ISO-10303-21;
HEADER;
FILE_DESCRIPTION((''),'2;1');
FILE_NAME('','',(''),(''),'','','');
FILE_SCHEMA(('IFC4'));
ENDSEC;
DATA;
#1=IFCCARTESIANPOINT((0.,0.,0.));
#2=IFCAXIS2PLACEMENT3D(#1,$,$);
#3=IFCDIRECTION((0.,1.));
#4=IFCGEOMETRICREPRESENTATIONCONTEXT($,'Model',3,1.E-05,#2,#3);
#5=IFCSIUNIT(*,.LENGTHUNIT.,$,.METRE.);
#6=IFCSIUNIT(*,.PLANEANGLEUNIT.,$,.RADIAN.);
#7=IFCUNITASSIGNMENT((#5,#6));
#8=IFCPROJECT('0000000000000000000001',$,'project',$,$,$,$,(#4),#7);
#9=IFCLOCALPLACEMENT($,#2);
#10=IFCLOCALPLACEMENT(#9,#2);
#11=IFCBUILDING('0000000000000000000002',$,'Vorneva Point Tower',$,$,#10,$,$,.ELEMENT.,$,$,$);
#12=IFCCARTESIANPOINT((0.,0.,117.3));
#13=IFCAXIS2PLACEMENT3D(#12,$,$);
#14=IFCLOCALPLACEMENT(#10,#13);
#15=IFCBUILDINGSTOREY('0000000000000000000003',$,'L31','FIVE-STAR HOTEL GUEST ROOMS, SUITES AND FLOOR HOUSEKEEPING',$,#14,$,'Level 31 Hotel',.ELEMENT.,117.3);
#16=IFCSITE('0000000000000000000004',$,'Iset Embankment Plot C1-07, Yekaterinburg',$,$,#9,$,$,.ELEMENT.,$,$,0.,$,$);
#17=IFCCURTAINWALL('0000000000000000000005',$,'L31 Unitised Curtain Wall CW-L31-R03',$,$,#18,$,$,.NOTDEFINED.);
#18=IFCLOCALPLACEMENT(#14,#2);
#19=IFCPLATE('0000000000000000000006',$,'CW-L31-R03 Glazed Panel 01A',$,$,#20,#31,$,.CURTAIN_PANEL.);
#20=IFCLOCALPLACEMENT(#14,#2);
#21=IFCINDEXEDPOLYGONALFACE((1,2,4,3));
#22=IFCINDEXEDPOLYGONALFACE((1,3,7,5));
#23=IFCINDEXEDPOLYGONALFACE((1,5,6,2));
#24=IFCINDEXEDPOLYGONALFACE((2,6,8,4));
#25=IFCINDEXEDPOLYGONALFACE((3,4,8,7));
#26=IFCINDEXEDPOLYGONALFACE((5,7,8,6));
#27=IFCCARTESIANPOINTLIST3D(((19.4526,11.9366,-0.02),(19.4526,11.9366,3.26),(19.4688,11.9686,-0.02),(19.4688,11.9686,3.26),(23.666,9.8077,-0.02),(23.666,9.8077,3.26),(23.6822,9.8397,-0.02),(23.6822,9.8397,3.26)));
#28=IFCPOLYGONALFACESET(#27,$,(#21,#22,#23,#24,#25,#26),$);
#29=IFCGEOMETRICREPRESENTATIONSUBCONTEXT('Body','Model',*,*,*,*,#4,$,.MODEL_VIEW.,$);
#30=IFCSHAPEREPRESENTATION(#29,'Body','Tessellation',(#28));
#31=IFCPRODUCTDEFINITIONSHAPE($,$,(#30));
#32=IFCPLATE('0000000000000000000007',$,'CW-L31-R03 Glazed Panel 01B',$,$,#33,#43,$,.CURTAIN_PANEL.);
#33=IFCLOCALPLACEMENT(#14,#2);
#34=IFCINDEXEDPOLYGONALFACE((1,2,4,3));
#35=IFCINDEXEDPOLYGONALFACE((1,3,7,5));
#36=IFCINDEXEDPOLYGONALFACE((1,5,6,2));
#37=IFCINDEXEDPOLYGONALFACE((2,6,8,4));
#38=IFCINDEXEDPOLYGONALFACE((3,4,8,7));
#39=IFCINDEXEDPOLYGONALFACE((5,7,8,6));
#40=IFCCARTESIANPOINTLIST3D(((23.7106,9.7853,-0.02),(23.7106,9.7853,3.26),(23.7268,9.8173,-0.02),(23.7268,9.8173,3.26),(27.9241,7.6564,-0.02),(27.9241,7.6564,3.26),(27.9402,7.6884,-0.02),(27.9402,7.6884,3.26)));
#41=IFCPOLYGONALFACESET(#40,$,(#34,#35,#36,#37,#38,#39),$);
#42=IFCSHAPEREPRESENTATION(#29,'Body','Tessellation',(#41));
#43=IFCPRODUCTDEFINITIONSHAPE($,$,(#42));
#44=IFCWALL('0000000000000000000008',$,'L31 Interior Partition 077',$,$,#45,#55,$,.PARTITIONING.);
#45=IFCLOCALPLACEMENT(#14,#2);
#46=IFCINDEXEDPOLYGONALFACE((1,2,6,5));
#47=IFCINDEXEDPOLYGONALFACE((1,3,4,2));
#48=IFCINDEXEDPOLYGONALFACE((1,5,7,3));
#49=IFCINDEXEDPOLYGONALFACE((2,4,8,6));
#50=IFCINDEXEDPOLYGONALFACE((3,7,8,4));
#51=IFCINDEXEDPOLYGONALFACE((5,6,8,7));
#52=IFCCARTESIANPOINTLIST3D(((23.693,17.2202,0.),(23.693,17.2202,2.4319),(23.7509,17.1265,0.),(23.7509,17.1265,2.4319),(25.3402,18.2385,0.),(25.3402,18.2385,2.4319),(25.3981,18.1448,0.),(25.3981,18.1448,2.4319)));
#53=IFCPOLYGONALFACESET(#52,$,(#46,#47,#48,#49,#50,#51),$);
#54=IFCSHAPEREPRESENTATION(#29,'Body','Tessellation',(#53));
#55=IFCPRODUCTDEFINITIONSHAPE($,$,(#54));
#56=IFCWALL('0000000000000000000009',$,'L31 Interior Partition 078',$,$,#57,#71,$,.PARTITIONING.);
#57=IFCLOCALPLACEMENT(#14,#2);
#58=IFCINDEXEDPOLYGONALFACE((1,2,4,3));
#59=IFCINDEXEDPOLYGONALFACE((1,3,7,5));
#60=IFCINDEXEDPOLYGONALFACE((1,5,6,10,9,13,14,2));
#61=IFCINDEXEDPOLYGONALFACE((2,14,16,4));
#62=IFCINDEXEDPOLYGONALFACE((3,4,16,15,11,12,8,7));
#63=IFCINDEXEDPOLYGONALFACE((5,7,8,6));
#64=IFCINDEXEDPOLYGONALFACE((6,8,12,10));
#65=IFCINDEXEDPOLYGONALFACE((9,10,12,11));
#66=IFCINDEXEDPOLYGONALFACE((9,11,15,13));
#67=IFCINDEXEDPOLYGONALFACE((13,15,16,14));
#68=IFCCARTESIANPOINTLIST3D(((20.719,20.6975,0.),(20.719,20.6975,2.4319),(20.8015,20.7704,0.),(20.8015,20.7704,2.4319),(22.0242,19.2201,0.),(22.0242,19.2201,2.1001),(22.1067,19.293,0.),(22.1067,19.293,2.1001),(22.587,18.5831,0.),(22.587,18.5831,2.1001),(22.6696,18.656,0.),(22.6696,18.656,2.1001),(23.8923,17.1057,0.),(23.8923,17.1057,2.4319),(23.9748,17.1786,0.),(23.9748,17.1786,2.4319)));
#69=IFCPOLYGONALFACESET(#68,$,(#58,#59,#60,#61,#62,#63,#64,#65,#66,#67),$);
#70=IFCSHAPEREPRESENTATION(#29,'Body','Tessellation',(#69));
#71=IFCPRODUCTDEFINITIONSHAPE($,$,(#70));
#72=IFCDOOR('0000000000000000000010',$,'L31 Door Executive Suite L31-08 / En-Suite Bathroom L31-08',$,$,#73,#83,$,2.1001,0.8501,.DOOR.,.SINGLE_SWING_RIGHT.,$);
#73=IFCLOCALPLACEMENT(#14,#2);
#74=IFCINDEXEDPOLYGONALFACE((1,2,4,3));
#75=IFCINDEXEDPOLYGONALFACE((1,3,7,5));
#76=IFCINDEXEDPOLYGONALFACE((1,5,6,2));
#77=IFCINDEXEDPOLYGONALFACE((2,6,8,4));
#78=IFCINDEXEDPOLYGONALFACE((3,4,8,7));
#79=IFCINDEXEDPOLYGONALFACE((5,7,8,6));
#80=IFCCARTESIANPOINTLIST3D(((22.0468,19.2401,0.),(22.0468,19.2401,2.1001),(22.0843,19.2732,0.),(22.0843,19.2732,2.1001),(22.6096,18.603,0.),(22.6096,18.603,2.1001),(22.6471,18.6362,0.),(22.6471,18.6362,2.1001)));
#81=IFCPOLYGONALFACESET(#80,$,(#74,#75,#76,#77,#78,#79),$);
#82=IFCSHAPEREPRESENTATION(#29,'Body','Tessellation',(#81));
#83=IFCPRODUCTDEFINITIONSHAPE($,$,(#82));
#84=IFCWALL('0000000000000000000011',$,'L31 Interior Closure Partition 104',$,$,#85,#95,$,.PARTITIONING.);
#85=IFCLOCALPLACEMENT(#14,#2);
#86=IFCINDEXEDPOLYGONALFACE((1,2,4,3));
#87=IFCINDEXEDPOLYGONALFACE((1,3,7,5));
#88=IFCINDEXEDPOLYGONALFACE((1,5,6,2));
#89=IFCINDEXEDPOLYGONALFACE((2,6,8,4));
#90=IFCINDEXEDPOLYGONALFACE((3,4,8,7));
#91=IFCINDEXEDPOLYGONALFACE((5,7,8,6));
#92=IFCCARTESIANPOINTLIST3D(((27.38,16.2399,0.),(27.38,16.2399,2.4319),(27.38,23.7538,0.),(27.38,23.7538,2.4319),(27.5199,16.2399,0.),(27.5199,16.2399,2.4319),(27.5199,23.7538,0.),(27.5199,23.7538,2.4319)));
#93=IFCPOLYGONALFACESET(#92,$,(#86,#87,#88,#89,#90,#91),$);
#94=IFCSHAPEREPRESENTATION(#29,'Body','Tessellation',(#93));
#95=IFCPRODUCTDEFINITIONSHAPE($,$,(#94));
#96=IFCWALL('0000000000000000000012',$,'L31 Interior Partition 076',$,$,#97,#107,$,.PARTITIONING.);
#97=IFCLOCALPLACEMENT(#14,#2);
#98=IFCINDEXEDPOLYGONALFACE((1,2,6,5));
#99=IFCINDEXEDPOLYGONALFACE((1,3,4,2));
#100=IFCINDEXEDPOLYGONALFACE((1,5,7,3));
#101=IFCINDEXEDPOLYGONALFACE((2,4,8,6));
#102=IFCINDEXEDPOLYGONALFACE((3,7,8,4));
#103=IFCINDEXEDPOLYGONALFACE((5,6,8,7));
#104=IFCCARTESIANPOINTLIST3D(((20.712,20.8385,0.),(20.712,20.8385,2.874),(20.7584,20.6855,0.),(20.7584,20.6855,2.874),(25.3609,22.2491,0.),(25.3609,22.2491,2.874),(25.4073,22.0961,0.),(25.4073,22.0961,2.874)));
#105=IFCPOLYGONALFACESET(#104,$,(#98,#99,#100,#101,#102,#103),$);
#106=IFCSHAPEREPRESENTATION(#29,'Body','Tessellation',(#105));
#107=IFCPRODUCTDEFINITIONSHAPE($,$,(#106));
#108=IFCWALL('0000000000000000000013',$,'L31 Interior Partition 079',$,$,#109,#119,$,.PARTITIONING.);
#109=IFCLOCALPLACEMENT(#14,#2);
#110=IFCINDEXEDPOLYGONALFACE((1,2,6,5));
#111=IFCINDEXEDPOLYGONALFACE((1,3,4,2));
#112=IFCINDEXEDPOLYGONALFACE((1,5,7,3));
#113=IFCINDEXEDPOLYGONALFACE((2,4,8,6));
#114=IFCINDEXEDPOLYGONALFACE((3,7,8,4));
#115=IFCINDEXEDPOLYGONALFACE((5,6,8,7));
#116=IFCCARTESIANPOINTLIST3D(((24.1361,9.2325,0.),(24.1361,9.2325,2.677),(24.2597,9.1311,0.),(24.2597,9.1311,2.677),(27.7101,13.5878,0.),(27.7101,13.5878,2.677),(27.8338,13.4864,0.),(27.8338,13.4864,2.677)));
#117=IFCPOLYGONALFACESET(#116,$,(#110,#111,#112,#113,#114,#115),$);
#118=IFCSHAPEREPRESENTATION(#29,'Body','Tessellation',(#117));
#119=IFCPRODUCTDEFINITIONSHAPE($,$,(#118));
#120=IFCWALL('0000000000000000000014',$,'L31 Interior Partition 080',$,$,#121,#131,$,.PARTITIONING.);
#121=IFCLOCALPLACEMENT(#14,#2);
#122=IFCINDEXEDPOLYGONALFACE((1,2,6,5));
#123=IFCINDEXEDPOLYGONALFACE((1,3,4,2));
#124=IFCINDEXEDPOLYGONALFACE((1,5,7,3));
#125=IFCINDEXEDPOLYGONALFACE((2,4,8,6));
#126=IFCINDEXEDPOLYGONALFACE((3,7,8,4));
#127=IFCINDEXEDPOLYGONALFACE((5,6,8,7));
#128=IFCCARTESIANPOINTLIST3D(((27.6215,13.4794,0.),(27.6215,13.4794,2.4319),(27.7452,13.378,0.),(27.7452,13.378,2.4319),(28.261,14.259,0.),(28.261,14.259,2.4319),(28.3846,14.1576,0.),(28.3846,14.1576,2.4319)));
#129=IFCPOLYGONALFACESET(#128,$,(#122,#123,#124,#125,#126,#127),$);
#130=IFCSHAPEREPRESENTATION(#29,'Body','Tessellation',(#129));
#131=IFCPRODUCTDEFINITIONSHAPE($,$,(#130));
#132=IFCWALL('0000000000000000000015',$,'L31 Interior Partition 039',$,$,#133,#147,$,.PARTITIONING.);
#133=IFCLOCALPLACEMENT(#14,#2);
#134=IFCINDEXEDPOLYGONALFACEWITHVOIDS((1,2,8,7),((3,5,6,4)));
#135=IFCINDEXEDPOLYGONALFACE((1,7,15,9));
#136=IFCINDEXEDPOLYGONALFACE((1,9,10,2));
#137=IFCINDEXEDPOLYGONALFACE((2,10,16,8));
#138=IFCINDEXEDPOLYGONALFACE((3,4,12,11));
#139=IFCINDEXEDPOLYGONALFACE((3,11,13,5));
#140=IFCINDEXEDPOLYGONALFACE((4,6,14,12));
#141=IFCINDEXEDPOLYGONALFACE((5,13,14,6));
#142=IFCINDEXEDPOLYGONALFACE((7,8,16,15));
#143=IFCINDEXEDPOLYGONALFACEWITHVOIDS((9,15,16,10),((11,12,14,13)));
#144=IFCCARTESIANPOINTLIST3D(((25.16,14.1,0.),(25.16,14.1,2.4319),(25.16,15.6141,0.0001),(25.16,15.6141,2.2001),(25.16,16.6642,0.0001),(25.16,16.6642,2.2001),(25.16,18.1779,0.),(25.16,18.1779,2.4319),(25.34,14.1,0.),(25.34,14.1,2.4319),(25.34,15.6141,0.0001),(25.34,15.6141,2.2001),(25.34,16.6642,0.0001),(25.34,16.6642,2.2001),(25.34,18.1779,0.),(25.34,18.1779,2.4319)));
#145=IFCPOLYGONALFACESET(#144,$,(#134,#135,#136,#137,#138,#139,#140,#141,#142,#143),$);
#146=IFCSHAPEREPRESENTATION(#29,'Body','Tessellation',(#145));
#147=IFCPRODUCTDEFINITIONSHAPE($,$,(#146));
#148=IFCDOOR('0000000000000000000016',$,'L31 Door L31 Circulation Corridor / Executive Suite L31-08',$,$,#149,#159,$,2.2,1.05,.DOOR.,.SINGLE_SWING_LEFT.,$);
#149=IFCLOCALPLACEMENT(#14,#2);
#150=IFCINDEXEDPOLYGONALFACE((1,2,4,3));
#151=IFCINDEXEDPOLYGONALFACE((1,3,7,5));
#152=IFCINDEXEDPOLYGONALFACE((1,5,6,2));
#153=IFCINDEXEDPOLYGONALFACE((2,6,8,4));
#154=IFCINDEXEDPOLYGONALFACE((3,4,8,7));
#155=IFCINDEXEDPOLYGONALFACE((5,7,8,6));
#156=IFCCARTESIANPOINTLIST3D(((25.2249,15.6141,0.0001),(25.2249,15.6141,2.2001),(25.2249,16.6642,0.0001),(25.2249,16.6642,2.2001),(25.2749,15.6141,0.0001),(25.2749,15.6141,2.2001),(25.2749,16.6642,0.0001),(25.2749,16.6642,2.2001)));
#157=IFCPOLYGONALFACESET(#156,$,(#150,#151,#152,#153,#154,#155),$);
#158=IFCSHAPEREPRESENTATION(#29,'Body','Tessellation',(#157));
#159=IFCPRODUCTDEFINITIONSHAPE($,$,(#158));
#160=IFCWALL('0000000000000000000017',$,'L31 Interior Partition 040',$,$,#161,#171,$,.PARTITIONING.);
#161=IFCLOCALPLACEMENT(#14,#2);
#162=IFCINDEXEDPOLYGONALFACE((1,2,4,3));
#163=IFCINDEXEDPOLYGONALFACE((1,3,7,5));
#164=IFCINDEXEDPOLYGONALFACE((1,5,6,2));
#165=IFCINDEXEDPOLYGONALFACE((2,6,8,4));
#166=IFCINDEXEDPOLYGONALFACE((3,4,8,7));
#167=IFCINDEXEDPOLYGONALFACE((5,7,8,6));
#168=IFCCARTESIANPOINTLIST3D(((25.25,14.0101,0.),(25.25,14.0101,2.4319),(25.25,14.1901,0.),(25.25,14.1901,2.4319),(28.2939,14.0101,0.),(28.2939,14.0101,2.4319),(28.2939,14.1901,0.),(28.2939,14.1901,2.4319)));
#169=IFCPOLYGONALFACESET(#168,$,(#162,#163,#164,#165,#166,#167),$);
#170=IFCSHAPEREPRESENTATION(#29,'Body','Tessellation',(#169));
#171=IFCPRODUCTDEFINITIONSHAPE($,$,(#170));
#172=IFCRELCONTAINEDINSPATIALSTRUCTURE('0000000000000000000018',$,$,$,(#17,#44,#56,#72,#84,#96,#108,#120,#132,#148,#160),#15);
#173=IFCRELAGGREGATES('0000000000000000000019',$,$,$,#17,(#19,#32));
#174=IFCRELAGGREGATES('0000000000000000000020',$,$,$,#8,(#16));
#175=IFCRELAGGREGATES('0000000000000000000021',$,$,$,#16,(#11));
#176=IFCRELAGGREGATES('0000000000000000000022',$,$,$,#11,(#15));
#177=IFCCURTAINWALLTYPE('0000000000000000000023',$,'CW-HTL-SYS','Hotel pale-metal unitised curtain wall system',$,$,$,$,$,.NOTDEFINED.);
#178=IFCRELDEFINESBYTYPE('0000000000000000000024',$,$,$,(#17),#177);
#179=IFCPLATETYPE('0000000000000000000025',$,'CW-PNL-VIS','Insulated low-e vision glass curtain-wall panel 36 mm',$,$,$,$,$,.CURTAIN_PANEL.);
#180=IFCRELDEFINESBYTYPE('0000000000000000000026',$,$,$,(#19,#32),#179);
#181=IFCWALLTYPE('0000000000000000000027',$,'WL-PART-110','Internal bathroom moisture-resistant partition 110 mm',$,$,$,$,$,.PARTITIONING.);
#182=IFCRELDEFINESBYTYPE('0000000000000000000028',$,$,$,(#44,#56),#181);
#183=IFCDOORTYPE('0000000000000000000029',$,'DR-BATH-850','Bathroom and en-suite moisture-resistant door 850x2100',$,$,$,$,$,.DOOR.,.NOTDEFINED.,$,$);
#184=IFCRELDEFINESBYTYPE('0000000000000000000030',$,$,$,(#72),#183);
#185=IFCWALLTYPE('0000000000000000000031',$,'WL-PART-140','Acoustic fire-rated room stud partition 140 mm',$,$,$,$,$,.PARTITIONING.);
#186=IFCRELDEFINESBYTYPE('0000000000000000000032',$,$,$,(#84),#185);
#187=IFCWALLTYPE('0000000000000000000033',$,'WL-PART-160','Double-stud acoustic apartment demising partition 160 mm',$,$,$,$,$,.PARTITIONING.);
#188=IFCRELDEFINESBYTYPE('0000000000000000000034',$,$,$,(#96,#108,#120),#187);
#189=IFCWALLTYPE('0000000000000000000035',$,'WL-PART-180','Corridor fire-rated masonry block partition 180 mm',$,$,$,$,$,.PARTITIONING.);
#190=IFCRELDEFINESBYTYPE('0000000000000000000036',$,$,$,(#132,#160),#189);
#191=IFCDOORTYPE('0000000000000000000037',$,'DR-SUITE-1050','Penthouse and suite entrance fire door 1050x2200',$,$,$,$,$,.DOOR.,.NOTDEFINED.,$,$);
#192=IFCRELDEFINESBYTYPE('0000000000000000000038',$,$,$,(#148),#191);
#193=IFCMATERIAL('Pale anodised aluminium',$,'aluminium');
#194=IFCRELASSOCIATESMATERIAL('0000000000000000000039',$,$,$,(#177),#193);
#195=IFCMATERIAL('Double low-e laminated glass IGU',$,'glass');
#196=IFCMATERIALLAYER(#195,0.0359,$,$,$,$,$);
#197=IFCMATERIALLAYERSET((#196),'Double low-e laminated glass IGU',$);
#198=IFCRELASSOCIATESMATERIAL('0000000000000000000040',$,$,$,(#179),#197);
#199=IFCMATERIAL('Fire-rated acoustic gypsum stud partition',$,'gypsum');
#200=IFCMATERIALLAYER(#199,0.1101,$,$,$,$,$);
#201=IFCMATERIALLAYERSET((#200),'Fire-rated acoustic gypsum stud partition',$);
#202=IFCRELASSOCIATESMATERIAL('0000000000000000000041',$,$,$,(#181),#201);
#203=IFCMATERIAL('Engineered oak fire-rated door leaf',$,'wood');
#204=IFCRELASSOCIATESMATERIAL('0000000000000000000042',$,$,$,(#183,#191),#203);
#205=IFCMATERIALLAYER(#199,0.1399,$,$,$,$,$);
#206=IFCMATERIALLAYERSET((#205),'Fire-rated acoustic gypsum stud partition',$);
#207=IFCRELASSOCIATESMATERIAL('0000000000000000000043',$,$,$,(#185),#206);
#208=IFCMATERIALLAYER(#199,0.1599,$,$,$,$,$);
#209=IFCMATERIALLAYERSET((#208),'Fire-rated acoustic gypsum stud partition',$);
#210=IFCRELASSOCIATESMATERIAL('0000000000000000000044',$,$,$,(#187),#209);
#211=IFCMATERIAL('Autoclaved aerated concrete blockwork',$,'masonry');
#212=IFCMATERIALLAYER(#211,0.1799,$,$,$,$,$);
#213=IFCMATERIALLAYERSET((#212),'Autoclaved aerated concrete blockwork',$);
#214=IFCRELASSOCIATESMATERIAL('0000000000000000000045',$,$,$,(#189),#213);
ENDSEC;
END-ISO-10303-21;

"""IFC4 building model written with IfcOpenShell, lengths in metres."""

from ifc_helpers import new_model, si_unit, direction, frame, frame_2d, origin, origin_2d, place, context, subcontext, project, spatial, rectangle, extrude, material, layer, layer_set, type_object, element, fill, aggregate, save


model = new_model("IFC4")

# Units and contexts
model_context = context("Model", 3, precision=1e-05, world=origin(), true_north=direction((0.0, 1.0)))
body_context = subcontext(model_context, "Body", "Model", "MODEL_VIEW")
ifc_project = project(units=[si_unit("LENGTHUNIT", "METRE"), si_unit("PLANEANGLEUNIT", "RADIAN")], contexts=[model_context])

# Site, building, storey
site_placement = place(None, origin())
site = spatial("IfcSite", under=ifc_project, at=site_placement, Name="Iset Embankment Plot C1-07, Yekaterinburg", CompositionType="ELEMENT", RefElevation=0.0)
building_placement = place(site_placement, origin())
building = spatial("IfcBuilding", under=site, at=building_placement, Name="Vorneva Point Tower", CompositionType="ELEMENT")
storey_placement = place(building_placement, frame((0.0, 0.0, 117.3)))
storey = spatial("IfcBuildingStorey", under=building, at=storey_placement, Name="L31", Description="FIVE-STAR HOTEL GUEST ROOMS, SUITES AND FLOOR HOUSEKEEPING", LongName="Level 31 Hotel", CompositionType="ELEMENT", Elevation=117.3)

# Curtain wall, plates
ifc_material_1 = material(Name="Pale anodised aluminium", Category="aluminium")
curtain_wall_type = type_object("IfcCurtainWallType", Name="CW-HTL-SYS", Description="Hotel pale-metal unitised curtain wall system", PredefinedType="NOTDEFINED", material=ifc_material_1)
curtain_wall_placement = place(storey_placement, origin())
curtain_wall = element("IfcCurtainWall", 1, at=curtain_wall_placement, inside=storey, type_object=curtain_wall_type, Name="L31 Unitised Curtain Wall CW-L31-R03", PredefinedType="NOTDEFINED")
ifc_material_2 = material(Name="Double low-e laminated glass IGU", Category="glass")
ifc_layer_1 = layer(ifc_material_2, 0.0359)
ifc_layer_set_1 = layer_set([ifc_layer_1], Name="Double low-e laminated glass IGU")
plate_type = type_object("IfcPlateType", Name="CW-PNL-VIS", Description="Insulated low-e vision glass curtain-wall panel 36 mm", PredefinedType="CURTAIN_PANEL", material=ifc_layer_set_1)
plate_1_placement = place(storey_placement, frame((21.5674, 10.8882, -0.02), z_axis=(0.0, 0.0, 1.0), x_axis=(0.892539, -0.450971, 0.0)))
plate_1 = element("IfcPlate", 2, at=plate_1_placement, type_object=plate_type, Name="CW-L31-R03 Glazed Panel 01A", PredefinedType="CURTAIN_PANEL", context=body_context, shape_type="SweptSolid", body=[
    extrude(rectangle(XDim=4.7207, YDim=0.0359, at=origin_2d()), origin(), (0.0, 0.0, 1.0), 3.28),
])
plate_2_placement = place(storey_placement, frame((25.8254, 8.7368, -0.02), z_axis=(0.0, 0.0, 1.0), x_axis=(0.892539, -0.450971, 0.0)))
plate_2 = element("IfcPlate", 3, at=plate_2_placement, type_object=plate_type, Name="CW-L31-R03 Glazed Panel 01B", PredefinedType="CURTAIN_PANEL", context=body_context, shape_type="SweptSolid", body=[
    extrude(rectangle(XDim=4.7207, YDim=0.0359, at=origin_2d()), origin(), (0.0, 0.0, 1.0), 3.28),
])
aggregate(curtain_wall, [plate_1, plate_2])

# Wall
ifc_material_3 = material(Name="Fire-rated acoustic gypsum stud partition", Category="gypsum")
ifc_layer_2 = layer(ifc_material_3, 0.1101)
ifc_layer_set_2 = layer_set([ifc_layer_2], Name="Fire-rated acoustic gypsum stud partition")
wall_type_1 = type_object("IfcWallType", Name="WL-PART-110", Description="Internal bathroom moisture-resistant partition 110 mm", PredefinedType="PARTITIONING", material=ifc_layer_set_2)
wall_1_placement = place(storey_placement, frame((25.3691, 18.1917, 0.0), z_axis=(0.0, 0.0, 1.0), x_axis=(-0.850587, -0.525834, 0.0)))
element("IfcWall", 4, at=wall_1_placement, inside=storey, type_object=wall_type_1, Name="L31 Interior Partition 077", PredefinedType="PARTITIONING", context=body_context, shape_type="SweptSolid", body=[
    extrude(rectangle(XDim=1.9365, YDim=0.1101, at=frame_2d((0.9683, 0.0))), origin(), (0.0, 0.0, 1.0), 2.4319),
])

# Wall, opening, door
wall_2_placement = place(storey_placement, frame((23.9336, 17.1421, 0.0), z_axis=(0.0, 0.0, 1.0), x_axis=(-0.662103, 0.749413, 0.0)))
wall_2 = element("IfcWall", 5, at=wall_2_placement, inside=storey, type_object=wall_type_1, Name="L31 Interior Partition 078", PredefinedType="PARTITIONING", context=body_context, shape_type="SweptSolid", body=[
    extrude(rectangle(XDim=4.7927, YDim=0.1101, at=frame_2d((2.3965, 0.0))), origin(), (0.0, 0.0, 1.0), 2.4319),
])
opening_1_placement = place(wall_2_placement, frame((1.9714, 0.0, 0.0)))
opening_1 = element("IfcOpeningElement", 6, at=opening_1_placement, cuts=wall_2, PredefinedType="OPENING", context=body_context, shape_type="SweptSolid", body=[
    extrude(rectangle(XDim=0.8501, YDim=2.1001, at=frame_2d((0.425, 1.05))), frame((0.0, 0.0698, 0.0), z_axis=(0.0, -1.0, 0.0), x_axis=(1.0, 0.0, 0.0)), (0.0, 0.0, 1.0), 0.1399),
])
ifc_material_4 = material(Name="Engineered oak fire-rated door leaf", Category="wood")
door_type_1 = type_object("IfcDoorType", Name="DR-BATH-850", Description="Bathroom and en-suite moisture-resistant door 850x2100", OperationType="NOTDEFINED", PredefinedType="DOOR", material=ifc_material_4)
door_1_placement = place(opening_1_placement, origin())
door_1 = element("IfcDoor", 7, at=door_1_placement, inside=storey, type_object=door_type_1, Name="L31 Door Executive Suite L31-08 / En-Suite Bathroom L31-08", OperationType="SINGLE_SWING_RIGHT", OverallHeight=2.1001, OverallWidth=0.8501, PredefinedType="DOOR", context=body_context, shape_type="SweptSolid", body=[
    extrude(rectangle(XDim=0.8501, YDim=2.1001, at=frame_2d((0.425, 1.05))), frame((0.0, 0.0249, 0.0), z_axis=(0.0, -1.0, 0.0), x_axis=(1.0, 0.0, 0.0)), (0.0, 0.0, 1.0), 0.05),
])
fill(opening_1, door_1)

# Walls
ifc_layer_3 = layer(ifc_material_3, 0.1399)
ifc_layer_set_3 = layer_set([ifc_layer_3], Name="Fire-rated acoustic gypsum stud partition")
wall_type_2 = type_object("IfcWallType", Name="WL-PART-140", Description="Acoustic fire-rated room stud partition 140 mm", PredefinedType="PARTITIONING", material=ifc_layer_set_3)
wall_3_placement = place(storey_placement, frame((27.45, 16.24, 0.0), z_axis=(0.0, 0.0, 1.0), x_axis=(0.0, 1.0, 0.0)))
element("IfcWall", 8, at=wall_3_placement, inside=storey, type_object=wall_type_2, Name="L31 Interior Closure Partition 104", PredefinedType="PARTITIONING", context=body_context, shape_type="SweptSolid", body=[
    extrude(rectangle(XDim=7.5139, YDim=0.1399, at=frame_2d((3.7568, 0.0))), origin(), (0.0, 0.0, 1.0), 2.4319),
])
ifc_layer_4 = layer(ifc_material_3, 0.1599)
ifc_layer_set_4 = layer_set([ifc_layer_4], Name="Fire-rated acoustic gypsum stud partition")
wall_type_3 = type_object("IfcWallType", Name="WL-PART-160", Description="Double-stud acoustic apartment demising partition 160 mm", PredefinedType="PARTITIONING", material=ifc_layer_set_4)
wall_4_placement = place(storey_placement, frame((20.7351, 20.762, 0.0), z_axis=(0.0, 0.0, 1.0), x_axis=(0.956917, 0.290362, 0.0)))
element("IfcWall", 9, at=wall_4_placement, inside=storey, type_object=wall_type_3, Name="L31 Interior Partition 076", PredefinedType="PARTITIONING", context=body_context, shape_type="SweptSolid", body=[
    extrude(rectangle(XDim=4.8582, YDim=0.1599, at=frame_2d((2.4292, 0.0))), origin(), (0.0, 0.0, 1.0), 2.874),
])
wall_5_placement = place(storey_placement, frame((24.198, 9.1819, 0.0), z_axis=(0.0, 0.0, 1.0), x_axis=(0.634365, 0.773034, 0.0)))
element("IfcWall", 10, at=wall_5_placement, inside=storey, type_object=wall_type_3, Name="L31 Interior Partition 079", PredefinedType="PARTITIONING", context=body_context, shape_type="SweptSolid", body=[
    extrude(rectangle(XDim=5.634, YDim=0.1599, at=frame_2d((2.8169, 0.0))), origin(), (0.0, 0.0, 1.0), 2.677),
])
wall_6_placement = place(storey_placement, frame((27.6833, 13.4287, 0.0), z_axis=(0.0, 0.0, 1.0), x_axis=(0.634187, 0.77318, 0.0)))
element("IfcWall", 11, at=wall_6_placement, inside=storey, type_object=wall_type_3, Name="L31 Interior Partition 080", PredefinedType="PARTITIONING", context=body_context, shape_type="SweptSolid", body=[
    extrude(rectangle(XDim=1.0083, YDim=0.1599, at=frame_2d((0.5042, 0.0))), origin(), (0.0, 0.0, 1.0), 2.4319),
])

# Wall, opening, door
ifc_material_5 = material(Name="Autoclaved aerated concrete blockwork", Category="masonry")
ifc_layer_5 = layer(ifc_material_5, 0.1799)
ifc_layer_set_5 = layer_set([ifc_layer_5], Name="Autoclaved aerated concrete blockwork")
wall_type_4 = type_object("IfcWallType", Name="WL-PART-180", Description="Corridor fire-rated masonry block partition 180 mm", PredefinedType="PARTITIONING", material=ifc_layer_set_5)
wall_7_placement = place(storey_placement, frame((25.25, 18.178, 0.0), z_axis=(0.0, 0.0, 1.0), x_axis=(0.0, -1.0, 0.0)))
wall_7 = element("IfcWall", 12, at=wall_7_placement, inside=storey, type_object=wall_type_4, Name="L31 Interior Partition 039", PredefinedType="PARTITIONING", context=body_context, shape_type="SweptSolid", body=[
    extrude(rectangle(XDim=4.0779, YDim=0.1799, at=frame_2d((2.0391, 0.0))), origin(), (0.0, 0.0, 1.0), 2.4319),
])
opening_2_placement = place(wall_7_placement, frame((1.5139, 0.0, 0.0)))
opening_2 = element("IfcOpeningElement", 13, at=opening_2_placement, cuts=wall_7, PredefinedType="OPENING", context=body_context, shape_type="SweptSolid", body=[
    extrude(rectangle(XDim=1.05, YDim=2.2, at=frame_2d((0.5249, 1.1001))), frame((0.0, 0.105, 0.0), z_axis=(0.0, -1.0, 0.0), x_axis=(1.0, 0.0, 0.0)), (0.0, 0.0, 1.0), 0.2097),
])
door_type_2 = type_object("IfcDoorType", Name="DR-SUITE-1050", Description="Penthouse and suite entrance fire door 1050x2200", OperationType="NOTDEFINED", PredefinedType="DOOR", material=ifc_material_4)
door_2_placement = place(opening_2_placement, origin())
door_2 = element("IfcDoor", 14, at=door_2_placement, inside=storey, type_object=door_type_2, Name="L31 Door L31 Circulation Corridor / Executive Suite L31-08", OperationType="SINGLE_SWING_LEFT", OverallHeight=2.2, OverallWidth=1.05, PredefinedType="DOOR", context=body_context, shape_type="SweptSolid", body=[
    extrude(rectangle(XDim=1.05, YDim=2.2, at=frame_2d((0.5249, 1.1001))), frame((0.0, 0.0249, 0.0), z_axis=(0.0, -1.0, 0.0), x_axis=(1.0, 0.0, 0.0)), (0.0, 0.0, 1.0), 0.05),
])
fill(opening_2, door_2)

# Wall
wall_8_placement = place(storey_placement, frame((25.25, 14.1001, 0.0), z_axis=(0.0, 0.0, 1.0), x_axis=(1.0, 0.0, 0.0)))
element("IfcWall", 15, at=wall_8_placement, inside=storey, type_object=wall_type_4, Name="L31 Interior Partition 040", PredefinedType="PARTITIONING", context=body_context, shape_type="SweptSolid", body=[
    extrude(rectangle(XDim=3.0439, YDim=0.1799, at=frame_2d((1.522, 0.0))), origin(), (0.0, 0.0, 1.0), 2.4319),
])

save(model, "model.ifc")
